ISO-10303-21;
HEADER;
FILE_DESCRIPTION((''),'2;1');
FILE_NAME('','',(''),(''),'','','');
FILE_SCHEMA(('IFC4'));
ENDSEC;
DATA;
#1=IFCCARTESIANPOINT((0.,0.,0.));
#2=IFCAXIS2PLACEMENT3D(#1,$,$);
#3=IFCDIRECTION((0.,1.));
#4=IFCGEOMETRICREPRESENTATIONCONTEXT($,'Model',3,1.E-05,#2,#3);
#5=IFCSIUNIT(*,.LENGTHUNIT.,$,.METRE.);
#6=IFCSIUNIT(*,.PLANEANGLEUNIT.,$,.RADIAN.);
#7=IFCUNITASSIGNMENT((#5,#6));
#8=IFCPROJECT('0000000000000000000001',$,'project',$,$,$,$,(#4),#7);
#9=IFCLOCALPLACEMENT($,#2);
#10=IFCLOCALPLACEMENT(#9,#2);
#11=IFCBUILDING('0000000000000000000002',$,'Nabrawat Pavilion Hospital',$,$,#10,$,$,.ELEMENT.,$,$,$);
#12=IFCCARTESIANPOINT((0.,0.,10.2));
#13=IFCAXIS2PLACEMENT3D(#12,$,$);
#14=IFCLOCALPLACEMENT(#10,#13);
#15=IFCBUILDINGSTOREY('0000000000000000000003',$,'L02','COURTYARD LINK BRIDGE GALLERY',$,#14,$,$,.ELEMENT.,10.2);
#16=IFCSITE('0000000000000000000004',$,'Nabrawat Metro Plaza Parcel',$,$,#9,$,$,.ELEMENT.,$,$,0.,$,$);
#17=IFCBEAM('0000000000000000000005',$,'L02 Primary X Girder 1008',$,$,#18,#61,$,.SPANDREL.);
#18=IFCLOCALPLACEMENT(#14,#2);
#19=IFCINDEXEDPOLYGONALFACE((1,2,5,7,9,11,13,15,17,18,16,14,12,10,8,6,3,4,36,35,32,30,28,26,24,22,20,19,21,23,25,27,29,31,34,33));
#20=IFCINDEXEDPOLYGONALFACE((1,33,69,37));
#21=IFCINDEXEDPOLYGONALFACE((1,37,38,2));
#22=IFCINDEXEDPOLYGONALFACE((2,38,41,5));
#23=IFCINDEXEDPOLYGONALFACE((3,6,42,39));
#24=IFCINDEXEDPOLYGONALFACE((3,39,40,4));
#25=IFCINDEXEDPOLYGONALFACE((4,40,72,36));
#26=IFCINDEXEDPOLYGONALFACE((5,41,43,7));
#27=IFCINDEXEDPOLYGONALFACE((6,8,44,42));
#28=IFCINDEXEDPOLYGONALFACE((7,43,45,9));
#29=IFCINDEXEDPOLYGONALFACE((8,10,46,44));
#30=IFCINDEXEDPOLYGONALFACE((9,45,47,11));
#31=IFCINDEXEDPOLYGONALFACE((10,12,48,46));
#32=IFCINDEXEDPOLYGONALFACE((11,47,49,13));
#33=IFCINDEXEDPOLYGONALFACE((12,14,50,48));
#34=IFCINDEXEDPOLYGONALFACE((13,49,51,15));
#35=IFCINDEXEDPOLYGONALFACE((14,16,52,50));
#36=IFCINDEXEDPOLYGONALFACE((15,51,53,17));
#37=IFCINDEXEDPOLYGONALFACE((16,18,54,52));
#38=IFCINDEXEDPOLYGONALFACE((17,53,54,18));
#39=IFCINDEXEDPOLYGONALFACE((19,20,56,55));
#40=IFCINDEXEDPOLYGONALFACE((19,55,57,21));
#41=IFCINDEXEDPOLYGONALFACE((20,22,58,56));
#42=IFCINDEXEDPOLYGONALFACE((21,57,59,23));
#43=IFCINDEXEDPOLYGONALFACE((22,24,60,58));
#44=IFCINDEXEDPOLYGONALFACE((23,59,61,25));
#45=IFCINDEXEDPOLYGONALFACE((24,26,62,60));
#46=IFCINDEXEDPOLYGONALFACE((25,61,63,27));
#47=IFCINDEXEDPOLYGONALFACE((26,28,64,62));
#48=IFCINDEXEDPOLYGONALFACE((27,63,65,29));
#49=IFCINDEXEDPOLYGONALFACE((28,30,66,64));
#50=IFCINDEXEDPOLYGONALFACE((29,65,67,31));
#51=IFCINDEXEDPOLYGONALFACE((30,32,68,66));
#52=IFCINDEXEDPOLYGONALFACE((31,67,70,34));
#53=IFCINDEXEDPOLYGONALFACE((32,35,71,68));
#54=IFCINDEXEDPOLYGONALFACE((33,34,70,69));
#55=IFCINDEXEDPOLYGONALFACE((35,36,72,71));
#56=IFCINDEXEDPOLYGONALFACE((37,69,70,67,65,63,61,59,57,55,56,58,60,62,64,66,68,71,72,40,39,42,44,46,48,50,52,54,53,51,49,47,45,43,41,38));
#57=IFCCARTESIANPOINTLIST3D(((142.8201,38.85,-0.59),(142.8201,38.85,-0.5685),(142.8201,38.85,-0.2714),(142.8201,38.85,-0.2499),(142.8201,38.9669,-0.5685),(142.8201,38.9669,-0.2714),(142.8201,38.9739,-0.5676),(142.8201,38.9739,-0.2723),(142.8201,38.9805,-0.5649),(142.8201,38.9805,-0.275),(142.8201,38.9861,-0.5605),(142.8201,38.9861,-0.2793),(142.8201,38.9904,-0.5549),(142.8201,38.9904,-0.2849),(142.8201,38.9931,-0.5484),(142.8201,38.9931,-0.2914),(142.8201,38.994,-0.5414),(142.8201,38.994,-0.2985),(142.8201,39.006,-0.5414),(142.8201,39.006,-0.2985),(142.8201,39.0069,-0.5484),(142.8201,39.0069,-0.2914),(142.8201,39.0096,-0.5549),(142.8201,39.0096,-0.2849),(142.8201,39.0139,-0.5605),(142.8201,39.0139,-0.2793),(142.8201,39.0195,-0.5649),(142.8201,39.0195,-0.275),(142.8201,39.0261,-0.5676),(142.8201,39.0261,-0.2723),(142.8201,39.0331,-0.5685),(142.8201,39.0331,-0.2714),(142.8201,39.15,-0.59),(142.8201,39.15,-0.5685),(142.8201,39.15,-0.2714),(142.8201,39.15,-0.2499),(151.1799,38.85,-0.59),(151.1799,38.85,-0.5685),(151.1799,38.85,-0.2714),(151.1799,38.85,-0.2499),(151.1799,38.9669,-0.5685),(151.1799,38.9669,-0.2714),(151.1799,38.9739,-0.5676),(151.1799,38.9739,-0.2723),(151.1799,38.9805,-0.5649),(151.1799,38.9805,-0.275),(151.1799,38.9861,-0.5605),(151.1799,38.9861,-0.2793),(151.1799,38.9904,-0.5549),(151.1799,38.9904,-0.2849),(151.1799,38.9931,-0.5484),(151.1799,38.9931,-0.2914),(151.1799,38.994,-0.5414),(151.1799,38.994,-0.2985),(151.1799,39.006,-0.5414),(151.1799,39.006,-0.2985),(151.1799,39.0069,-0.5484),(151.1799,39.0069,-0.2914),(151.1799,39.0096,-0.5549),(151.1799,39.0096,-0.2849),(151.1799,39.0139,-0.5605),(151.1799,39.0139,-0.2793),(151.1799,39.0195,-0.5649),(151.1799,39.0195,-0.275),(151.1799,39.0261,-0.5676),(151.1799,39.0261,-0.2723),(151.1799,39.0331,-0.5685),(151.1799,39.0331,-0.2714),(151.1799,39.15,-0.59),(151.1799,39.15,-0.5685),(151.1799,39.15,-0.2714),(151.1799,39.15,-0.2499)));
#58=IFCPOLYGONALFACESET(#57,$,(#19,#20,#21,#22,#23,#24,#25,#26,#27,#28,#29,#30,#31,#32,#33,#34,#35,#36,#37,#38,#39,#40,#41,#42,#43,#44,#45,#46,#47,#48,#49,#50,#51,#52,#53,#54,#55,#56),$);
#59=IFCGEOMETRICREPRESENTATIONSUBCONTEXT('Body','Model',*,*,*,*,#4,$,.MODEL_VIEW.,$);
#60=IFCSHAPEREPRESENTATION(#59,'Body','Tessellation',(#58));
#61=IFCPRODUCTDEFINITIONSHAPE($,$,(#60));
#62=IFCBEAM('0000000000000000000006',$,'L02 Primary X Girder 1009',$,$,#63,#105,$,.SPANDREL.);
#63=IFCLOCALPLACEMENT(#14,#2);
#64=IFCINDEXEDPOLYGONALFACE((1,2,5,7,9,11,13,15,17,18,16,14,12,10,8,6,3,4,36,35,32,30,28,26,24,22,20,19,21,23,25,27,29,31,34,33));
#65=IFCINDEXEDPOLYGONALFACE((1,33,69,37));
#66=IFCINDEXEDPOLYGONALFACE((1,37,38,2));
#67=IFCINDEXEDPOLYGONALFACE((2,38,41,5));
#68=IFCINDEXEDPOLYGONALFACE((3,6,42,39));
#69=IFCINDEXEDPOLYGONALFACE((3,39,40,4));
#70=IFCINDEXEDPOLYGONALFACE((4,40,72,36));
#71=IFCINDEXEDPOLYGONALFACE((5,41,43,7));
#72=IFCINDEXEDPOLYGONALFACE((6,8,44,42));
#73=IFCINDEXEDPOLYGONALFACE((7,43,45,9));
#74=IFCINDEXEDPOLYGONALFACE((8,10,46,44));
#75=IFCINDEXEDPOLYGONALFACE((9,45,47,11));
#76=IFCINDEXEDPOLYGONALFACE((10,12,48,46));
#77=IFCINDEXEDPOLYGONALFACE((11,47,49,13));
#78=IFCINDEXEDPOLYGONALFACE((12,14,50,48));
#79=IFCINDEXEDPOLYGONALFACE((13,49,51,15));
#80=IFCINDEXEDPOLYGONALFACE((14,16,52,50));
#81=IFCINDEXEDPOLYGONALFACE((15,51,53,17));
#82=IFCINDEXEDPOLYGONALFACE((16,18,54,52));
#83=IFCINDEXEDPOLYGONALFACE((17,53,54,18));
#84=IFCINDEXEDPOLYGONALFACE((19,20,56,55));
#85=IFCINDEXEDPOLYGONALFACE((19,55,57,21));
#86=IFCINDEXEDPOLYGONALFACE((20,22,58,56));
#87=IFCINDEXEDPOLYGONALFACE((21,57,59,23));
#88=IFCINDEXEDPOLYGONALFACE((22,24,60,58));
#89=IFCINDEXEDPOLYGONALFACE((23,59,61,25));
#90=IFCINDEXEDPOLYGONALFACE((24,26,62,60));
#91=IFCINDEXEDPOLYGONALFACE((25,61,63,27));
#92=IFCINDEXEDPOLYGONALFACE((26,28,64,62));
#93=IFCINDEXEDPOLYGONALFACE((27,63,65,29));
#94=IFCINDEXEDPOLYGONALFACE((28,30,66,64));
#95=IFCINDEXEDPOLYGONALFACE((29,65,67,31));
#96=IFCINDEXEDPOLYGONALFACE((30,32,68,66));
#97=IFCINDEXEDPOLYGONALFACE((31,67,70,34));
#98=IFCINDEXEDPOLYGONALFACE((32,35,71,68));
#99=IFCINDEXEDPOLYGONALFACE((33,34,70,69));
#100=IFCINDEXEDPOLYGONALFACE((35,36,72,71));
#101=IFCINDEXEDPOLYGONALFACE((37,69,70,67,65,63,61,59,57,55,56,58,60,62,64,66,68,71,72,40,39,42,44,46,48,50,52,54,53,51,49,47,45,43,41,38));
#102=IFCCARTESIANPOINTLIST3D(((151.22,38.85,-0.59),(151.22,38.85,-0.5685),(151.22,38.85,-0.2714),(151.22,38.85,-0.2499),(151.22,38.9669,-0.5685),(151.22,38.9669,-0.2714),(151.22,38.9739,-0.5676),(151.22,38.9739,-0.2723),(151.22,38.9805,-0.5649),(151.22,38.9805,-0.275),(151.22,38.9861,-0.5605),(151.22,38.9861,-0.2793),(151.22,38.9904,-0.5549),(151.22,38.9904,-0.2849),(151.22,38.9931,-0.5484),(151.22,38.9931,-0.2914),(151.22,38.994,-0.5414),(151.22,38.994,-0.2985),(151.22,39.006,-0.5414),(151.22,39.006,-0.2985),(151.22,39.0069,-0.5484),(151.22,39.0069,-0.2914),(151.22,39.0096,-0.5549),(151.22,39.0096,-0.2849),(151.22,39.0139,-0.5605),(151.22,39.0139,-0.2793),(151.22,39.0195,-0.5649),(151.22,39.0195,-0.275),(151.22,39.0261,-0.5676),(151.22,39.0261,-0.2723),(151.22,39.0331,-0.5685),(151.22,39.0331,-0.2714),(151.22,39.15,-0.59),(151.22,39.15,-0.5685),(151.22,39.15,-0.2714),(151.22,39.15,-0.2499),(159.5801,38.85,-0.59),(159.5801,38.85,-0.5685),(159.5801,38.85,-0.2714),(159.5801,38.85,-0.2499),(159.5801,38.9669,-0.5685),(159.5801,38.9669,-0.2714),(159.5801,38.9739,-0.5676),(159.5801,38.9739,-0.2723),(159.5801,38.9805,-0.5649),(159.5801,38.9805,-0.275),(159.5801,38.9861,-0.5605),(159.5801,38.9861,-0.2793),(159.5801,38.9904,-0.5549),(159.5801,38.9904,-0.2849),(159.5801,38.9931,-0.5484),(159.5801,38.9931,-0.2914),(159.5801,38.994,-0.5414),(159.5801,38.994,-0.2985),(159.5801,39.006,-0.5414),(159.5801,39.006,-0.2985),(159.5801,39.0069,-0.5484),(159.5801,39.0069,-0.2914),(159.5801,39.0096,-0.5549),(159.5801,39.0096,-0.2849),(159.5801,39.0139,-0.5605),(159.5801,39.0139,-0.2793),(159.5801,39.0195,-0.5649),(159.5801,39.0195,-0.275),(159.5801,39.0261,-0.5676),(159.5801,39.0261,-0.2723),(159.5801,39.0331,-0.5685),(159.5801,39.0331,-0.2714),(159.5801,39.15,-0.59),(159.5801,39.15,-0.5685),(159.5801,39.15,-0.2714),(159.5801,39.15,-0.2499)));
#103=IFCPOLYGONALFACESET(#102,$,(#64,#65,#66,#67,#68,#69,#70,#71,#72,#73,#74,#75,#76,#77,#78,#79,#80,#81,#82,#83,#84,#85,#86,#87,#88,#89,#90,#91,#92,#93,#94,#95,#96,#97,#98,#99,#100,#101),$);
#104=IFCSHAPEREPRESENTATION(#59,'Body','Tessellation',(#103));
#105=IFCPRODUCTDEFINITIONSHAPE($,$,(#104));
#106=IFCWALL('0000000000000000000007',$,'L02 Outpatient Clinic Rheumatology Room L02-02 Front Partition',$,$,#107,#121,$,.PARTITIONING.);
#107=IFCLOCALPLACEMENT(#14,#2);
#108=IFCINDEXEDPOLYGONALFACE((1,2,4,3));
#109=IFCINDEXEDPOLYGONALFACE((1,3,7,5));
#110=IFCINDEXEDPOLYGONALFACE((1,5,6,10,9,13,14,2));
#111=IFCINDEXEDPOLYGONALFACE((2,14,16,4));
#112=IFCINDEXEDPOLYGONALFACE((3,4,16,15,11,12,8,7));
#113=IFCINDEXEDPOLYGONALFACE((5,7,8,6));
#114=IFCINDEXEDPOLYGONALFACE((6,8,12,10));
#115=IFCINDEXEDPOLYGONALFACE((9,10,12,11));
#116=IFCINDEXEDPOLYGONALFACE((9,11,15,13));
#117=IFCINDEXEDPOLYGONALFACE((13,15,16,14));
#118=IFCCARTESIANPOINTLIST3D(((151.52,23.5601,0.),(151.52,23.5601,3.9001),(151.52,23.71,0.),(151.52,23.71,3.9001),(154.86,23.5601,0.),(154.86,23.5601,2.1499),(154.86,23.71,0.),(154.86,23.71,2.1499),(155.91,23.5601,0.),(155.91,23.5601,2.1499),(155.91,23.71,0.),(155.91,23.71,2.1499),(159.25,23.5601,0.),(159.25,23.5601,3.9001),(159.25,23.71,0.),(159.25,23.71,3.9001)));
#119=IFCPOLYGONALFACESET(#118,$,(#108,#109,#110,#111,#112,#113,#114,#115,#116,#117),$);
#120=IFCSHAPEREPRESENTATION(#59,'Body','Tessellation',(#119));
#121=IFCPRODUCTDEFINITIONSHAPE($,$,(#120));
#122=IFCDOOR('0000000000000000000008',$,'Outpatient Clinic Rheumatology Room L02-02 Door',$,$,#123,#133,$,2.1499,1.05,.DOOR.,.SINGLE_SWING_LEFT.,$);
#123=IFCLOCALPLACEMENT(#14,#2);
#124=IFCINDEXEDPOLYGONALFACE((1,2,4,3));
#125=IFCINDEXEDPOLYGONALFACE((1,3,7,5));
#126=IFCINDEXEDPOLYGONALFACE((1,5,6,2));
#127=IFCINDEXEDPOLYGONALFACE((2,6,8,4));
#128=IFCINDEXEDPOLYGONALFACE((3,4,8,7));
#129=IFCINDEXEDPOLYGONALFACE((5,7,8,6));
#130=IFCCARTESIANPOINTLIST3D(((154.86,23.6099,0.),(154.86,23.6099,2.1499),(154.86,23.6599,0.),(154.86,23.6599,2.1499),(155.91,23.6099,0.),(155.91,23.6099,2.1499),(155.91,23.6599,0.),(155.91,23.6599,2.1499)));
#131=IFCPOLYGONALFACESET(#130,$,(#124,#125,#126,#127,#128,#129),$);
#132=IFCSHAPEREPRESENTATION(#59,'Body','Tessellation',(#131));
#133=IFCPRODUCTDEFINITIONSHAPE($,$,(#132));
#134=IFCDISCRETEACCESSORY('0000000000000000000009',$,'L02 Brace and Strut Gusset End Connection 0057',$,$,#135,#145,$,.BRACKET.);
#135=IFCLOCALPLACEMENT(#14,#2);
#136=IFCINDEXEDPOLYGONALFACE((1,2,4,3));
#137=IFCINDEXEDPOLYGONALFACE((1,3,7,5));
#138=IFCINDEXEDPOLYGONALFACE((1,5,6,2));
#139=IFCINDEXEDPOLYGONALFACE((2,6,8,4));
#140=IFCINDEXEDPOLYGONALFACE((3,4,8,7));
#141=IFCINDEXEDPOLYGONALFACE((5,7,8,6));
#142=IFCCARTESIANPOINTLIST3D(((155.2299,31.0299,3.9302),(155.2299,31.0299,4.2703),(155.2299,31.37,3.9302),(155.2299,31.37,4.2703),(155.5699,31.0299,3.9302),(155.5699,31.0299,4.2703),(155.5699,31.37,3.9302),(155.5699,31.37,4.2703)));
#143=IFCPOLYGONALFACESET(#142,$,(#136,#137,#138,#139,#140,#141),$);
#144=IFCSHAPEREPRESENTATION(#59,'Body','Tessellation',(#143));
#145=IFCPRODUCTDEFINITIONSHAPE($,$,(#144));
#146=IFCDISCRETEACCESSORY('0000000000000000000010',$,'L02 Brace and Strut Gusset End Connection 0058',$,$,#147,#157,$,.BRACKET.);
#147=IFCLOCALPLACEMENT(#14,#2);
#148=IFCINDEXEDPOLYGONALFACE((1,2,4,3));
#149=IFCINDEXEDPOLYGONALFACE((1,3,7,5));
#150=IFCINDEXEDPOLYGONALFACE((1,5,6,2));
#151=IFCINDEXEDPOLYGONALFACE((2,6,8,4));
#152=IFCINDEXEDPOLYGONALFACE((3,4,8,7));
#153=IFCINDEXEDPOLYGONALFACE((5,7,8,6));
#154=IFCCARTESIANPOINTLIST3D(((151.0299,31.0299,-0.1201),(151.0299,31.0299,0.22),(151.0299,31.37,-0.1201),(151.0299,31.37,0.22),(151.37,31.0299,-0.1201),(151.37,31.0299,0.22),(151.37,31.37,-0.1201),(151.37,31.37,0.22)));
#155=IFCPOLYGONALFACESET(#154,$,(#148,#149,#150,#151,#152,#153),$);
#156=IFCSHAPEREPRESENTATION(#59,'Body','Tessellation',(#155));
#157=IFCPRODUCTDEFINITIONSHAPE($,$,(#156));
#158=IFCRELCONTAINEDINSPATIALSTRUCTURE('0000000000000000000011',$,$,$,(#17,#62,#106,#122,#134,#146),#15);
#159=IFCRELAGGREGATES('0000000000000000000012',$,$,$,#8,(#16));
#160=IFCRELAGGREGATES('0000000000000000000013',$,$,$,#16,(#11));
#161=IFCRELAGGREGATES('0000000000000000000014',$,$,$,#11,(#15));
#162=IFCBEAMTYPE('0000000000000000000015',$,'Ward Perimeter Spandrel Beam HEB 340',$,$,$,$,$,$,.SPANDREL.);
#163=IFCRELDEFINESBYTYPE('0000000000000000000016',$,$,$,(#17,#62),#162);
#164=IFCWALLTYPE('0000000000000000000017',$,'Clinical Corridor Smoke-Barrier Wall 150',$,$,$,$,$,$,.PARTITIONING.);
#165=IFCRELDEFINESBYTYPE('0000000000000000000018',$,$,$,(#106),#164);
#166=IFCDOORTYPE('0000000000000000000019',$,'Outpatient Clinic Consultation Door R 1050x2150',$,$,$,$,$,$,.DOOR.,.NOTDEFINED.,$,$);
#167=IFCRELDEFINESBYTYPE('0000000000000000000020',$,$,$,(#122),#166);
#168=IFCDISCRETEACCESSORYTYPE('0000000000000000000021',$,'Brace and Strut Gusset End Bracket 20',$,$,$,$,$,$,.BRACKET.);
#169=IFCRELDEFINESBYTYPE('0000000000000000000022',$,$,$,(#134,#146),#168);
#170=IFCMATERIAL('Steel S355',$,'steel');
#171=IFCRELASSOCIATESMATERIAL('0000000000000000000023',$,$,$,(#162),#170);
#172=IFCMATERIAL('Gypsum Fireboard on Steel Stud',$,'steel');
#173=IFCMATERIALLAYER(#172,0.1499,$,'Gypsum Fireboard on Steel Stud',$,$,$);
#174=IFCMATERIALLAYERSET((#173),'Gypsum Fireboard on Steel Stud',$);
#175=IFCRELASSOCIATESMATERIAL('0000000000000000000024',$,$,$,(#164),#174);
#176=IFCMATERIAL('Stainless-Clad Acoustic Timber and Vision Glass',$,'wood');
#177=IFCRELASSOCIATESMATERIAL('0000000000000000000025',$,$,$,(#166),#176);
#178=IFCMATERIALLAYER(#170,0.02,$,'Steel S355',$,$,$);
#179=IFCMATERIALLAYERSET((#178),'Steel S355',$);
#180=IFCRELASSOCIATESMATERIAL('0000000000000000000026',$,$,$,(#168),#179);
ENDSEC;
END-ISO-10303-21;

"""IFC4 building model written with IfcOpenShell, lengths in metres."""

from ifc_helpers import new_model, si_unit, direction, frame, frame_2d, origin, origin_2d, place, context, subcontext, project, spatial, rectangle, i_section, extrude, material, layer, layer_set, material_profile, profile_set, type_object, element, fill, save


model = new_model("IFC4")

# Units and contexts
model_context = context("Model", 3, precision=1e-05, world=origin(), true_north=direction((0.0, 1.0)))
body_context = subcontext(model_context, "Body", "Model", "MODEL_VIEW")
ifc_project = project(units=[si_unit("LENGTHUNIT", "METRE"), si_unit("PLANEANGLEUNIT", "RADIAN")], contexts=[model_context])

# Site, building, storey
site_placement = place(None, origin())
site = spatial("IfcSite", under=ifc_project, at=site_placement, Name="Nabrawat Metro Plaza Parcel", CompositionType="ELEMENT", RefElevation=0.0)
building_placement = place(site_placement, origin())
building = spatial("IfcBuilding", under=site, at=building_placement, Name="Nabrawat Pavilion Hospital", CompositionType="ELEMENT")
storey_placement = place(building_placement, frame((0.0, 0.0, 10.2)))
storey = spatial("IfcBuildingStorey", under=building, at=storey_placement, Name="L02", Description="COURTYARD LINK BRIDGE GALLERY", CompositionType="ELEMENT", Elevation=10.2)

# Shared definitions
ifc_material_1 = material(Name="Steel S355", Category="steel")

# Beams
ifc_material_profile_1 = material_profile(ifc_material_1, i_section(OverallWidth=0.3, OverallDepth=0.3401, WebThickness=0.012, FlangeThickness=0.0215, FilletRadius=0.0271, at=origin_2d()), Name="HEB 340")
ifc_profile_set_1 = profile_set([ifc_material_profile_1], Name="Steel S355")
beam_type_1 = type_object("IfcBeamType", Name="Ward Perimeter Spandrel Beam HEB 340", PredefinedType="SPANDREL", material=ifc_profile_set_1)
beam_1_placement = place(storey_placement, frame((142.8201, 39.0, -0.4199), z_axis=(1.0, 0.0, 0.0), x_axis=(0.0, 1.0, 0.0)))
element("IfcBeam", 1, at=beam_1_placement, inside=storey, type_object=beam_type_1, Name="L02 Primary X Girder 1008", PredefinedType="SPANDREL", context=body_context, shape_type="SweptSolid", body=[
    extrude(i_section(OverallWidth=0.3, OverallDepth=0.3401, WebThickness=0.012, FlangeThickness=0.0215, FilletRadius=0.0271, at=origin_2d()), origin(), (0.0, 0.0, 1.0), 8.3599),
])
beam_2_placement = place(storey_placement, frame((151.22, 39.0, -0.4199), z_axis=(1.0, 0.0, 0.0), x_axis=(0.0, 1.0, 0.0)))
element("IfcBeam", 2, at=beam_2_placement, inside=storey, type_object=beam_type_1, Name="L02 Primary X Girder 1009", PredefinedType="SPANDREL", context=body_context, shape_type="SweptSolid", body=[
    extrude(i_section(OverallWidth=0.3, OverallDepth=0.3401, WebThickness=0.012, FlangeThickness=0.0215, FilletRadius=0.0271, at=origin_2d()), origin(), (0.0, 0.0, 1.0), 8.3601),
])

# Wall, opening, door
ifc_material_2 = material(Name="Gypsum Fireboard on Steel Stud", Category="steel")
ifc_layer_1 = layer(ifc_material_2, 0.1499, Name="Gypsum Fireboard on Steel Stud")
ifc_layer_set_1 = layer_set([ifc_layer_1], Name="Gypsum Fireboard on Steel Stud")
wall_type = type_object("IfcWallType", Name="Clinical Corridor Smoke-Barrier Wall 150", PredefinedType="PARTITIONING", material=ifc_layer_set_1)
wall_placement = place(storey_placement, frame((151.52, 23.635, 0.0), z_axis=(0.0, 0.0, 1.0), x_axis=(1.0, 0.0, 0.0)))
wall = element("IfcWall", 3, at=wall_placement, inside=storey, type_object=wall_type, Name="L02 Outpatient Clinic Rheumatology Room L02-02 Front Partition", PredefinedType="PARTITIONING", context=body_context, shape_type="SweptSolid", body=[
    extrude(rectangle(XDim=7.73, YDim=0.1499, at=frame_2d((3.865, 0.0))), origin(), (0.0, 0.0, 1.0), 3.9001),
])
opening_placement = place(wall_placement, frame((3.3401, 0.0, 0.0)))
opening = element("IfcOpeningElement", 4, at=opening_placement, cuts=wall, PredefinedType="OPENING", context=body_context, shape_type="SweptSolid", body=[
    extrude(rectangle(XDim=1.05, YDim=2.1499, at=frame_2d((0.5249, 1.075))), frame((0.0, 0.085, 0.0), z_axis=(0.0, -1.0, 0.0), x_axis=(1.0, 0.0, 0.0)), (0.0, 0.0, 1.0), 0.1699),
])
ifc_material_3 = material(Name="Stainless-Clad Acoustic Timber and Vision Glass", Category="wood")
door_type = type_object("IfcDoorType", Name="Outpatient Clinic Consultation Door R 1050x2150", OperationType="NOTDEFINED", PredefinedType="DOOR", material=ifc_material_3)
door_placement = place(opening_placement, origin())
door = element("IfcDoor", 5, at=door_placement, inside=storey, type_object=door_type, Name="Outpatient Clinic Rheumatology Room L02-02 Door", OperationType="SINGLE_SWING_LEFT", OverallHeight=2.1499, OverallWidth=1.05, PredefinedType="DOOR", context=body_context, shape_type="SweptSolid", body=[
    extrude(rectangle(XDim=1.05, YDim=2.1499, at=frame_2d((0.5249, 1.075))), frame((0.0, 0.0249, 0.0), z_axis=(0.0, -1.0, 0.0), x_axis=(1.0, 0.0, 0.0)), (0.0, 0.0, 1.0), 0.05),
])
fill(opening, door)

# Discrete accessories
ifc_layer_2 = layer(ifc_material_1, 0.02, Name="Steel S355")
ifc_layer_set_2 = layer_set([ifc_layer_2], Name="Steel S355")
discrete_accessory_type = type_object("IfcDiscreteAccessoryType", Name="Brace and Strut Gusset End Bracket 20", PredefinedType="BRACKET", material=ifc_layer_set_2)
for number, where, z_axis, x_axis, name in (
    (6, (155.3999, 31.2, 3.9302), (0.0, 0.0, 1.0), (1.0, 0.0, 0.0), "L02 Brace and Strut Gusset End Connection 0057"),
    (7, (151.2, 31.2, -0.1201), (0.0, 0.0, 1.0), (1.0, 0.0, 0.0), "L02 Brace and Strut Gusset End Connection 0058"),
):
    element("IfcDiscreteAccessory", number, at=place(storey_placement, frame(where, z_axis=z_axis, x_axis=x_axis)), inside=storey, type_object=discrete_accessory_type, Name=name, PredefinedType="BRACKET", context=body_context, shape_type="SweptSolid", body=[
        extrude(rectangle(XDim=0.3401, YDim=0.3401, at=origin_2d()), origin(), (0.0, 0.0, 1.0), 0.3401),
    ])

save(model, "model.ifc")
